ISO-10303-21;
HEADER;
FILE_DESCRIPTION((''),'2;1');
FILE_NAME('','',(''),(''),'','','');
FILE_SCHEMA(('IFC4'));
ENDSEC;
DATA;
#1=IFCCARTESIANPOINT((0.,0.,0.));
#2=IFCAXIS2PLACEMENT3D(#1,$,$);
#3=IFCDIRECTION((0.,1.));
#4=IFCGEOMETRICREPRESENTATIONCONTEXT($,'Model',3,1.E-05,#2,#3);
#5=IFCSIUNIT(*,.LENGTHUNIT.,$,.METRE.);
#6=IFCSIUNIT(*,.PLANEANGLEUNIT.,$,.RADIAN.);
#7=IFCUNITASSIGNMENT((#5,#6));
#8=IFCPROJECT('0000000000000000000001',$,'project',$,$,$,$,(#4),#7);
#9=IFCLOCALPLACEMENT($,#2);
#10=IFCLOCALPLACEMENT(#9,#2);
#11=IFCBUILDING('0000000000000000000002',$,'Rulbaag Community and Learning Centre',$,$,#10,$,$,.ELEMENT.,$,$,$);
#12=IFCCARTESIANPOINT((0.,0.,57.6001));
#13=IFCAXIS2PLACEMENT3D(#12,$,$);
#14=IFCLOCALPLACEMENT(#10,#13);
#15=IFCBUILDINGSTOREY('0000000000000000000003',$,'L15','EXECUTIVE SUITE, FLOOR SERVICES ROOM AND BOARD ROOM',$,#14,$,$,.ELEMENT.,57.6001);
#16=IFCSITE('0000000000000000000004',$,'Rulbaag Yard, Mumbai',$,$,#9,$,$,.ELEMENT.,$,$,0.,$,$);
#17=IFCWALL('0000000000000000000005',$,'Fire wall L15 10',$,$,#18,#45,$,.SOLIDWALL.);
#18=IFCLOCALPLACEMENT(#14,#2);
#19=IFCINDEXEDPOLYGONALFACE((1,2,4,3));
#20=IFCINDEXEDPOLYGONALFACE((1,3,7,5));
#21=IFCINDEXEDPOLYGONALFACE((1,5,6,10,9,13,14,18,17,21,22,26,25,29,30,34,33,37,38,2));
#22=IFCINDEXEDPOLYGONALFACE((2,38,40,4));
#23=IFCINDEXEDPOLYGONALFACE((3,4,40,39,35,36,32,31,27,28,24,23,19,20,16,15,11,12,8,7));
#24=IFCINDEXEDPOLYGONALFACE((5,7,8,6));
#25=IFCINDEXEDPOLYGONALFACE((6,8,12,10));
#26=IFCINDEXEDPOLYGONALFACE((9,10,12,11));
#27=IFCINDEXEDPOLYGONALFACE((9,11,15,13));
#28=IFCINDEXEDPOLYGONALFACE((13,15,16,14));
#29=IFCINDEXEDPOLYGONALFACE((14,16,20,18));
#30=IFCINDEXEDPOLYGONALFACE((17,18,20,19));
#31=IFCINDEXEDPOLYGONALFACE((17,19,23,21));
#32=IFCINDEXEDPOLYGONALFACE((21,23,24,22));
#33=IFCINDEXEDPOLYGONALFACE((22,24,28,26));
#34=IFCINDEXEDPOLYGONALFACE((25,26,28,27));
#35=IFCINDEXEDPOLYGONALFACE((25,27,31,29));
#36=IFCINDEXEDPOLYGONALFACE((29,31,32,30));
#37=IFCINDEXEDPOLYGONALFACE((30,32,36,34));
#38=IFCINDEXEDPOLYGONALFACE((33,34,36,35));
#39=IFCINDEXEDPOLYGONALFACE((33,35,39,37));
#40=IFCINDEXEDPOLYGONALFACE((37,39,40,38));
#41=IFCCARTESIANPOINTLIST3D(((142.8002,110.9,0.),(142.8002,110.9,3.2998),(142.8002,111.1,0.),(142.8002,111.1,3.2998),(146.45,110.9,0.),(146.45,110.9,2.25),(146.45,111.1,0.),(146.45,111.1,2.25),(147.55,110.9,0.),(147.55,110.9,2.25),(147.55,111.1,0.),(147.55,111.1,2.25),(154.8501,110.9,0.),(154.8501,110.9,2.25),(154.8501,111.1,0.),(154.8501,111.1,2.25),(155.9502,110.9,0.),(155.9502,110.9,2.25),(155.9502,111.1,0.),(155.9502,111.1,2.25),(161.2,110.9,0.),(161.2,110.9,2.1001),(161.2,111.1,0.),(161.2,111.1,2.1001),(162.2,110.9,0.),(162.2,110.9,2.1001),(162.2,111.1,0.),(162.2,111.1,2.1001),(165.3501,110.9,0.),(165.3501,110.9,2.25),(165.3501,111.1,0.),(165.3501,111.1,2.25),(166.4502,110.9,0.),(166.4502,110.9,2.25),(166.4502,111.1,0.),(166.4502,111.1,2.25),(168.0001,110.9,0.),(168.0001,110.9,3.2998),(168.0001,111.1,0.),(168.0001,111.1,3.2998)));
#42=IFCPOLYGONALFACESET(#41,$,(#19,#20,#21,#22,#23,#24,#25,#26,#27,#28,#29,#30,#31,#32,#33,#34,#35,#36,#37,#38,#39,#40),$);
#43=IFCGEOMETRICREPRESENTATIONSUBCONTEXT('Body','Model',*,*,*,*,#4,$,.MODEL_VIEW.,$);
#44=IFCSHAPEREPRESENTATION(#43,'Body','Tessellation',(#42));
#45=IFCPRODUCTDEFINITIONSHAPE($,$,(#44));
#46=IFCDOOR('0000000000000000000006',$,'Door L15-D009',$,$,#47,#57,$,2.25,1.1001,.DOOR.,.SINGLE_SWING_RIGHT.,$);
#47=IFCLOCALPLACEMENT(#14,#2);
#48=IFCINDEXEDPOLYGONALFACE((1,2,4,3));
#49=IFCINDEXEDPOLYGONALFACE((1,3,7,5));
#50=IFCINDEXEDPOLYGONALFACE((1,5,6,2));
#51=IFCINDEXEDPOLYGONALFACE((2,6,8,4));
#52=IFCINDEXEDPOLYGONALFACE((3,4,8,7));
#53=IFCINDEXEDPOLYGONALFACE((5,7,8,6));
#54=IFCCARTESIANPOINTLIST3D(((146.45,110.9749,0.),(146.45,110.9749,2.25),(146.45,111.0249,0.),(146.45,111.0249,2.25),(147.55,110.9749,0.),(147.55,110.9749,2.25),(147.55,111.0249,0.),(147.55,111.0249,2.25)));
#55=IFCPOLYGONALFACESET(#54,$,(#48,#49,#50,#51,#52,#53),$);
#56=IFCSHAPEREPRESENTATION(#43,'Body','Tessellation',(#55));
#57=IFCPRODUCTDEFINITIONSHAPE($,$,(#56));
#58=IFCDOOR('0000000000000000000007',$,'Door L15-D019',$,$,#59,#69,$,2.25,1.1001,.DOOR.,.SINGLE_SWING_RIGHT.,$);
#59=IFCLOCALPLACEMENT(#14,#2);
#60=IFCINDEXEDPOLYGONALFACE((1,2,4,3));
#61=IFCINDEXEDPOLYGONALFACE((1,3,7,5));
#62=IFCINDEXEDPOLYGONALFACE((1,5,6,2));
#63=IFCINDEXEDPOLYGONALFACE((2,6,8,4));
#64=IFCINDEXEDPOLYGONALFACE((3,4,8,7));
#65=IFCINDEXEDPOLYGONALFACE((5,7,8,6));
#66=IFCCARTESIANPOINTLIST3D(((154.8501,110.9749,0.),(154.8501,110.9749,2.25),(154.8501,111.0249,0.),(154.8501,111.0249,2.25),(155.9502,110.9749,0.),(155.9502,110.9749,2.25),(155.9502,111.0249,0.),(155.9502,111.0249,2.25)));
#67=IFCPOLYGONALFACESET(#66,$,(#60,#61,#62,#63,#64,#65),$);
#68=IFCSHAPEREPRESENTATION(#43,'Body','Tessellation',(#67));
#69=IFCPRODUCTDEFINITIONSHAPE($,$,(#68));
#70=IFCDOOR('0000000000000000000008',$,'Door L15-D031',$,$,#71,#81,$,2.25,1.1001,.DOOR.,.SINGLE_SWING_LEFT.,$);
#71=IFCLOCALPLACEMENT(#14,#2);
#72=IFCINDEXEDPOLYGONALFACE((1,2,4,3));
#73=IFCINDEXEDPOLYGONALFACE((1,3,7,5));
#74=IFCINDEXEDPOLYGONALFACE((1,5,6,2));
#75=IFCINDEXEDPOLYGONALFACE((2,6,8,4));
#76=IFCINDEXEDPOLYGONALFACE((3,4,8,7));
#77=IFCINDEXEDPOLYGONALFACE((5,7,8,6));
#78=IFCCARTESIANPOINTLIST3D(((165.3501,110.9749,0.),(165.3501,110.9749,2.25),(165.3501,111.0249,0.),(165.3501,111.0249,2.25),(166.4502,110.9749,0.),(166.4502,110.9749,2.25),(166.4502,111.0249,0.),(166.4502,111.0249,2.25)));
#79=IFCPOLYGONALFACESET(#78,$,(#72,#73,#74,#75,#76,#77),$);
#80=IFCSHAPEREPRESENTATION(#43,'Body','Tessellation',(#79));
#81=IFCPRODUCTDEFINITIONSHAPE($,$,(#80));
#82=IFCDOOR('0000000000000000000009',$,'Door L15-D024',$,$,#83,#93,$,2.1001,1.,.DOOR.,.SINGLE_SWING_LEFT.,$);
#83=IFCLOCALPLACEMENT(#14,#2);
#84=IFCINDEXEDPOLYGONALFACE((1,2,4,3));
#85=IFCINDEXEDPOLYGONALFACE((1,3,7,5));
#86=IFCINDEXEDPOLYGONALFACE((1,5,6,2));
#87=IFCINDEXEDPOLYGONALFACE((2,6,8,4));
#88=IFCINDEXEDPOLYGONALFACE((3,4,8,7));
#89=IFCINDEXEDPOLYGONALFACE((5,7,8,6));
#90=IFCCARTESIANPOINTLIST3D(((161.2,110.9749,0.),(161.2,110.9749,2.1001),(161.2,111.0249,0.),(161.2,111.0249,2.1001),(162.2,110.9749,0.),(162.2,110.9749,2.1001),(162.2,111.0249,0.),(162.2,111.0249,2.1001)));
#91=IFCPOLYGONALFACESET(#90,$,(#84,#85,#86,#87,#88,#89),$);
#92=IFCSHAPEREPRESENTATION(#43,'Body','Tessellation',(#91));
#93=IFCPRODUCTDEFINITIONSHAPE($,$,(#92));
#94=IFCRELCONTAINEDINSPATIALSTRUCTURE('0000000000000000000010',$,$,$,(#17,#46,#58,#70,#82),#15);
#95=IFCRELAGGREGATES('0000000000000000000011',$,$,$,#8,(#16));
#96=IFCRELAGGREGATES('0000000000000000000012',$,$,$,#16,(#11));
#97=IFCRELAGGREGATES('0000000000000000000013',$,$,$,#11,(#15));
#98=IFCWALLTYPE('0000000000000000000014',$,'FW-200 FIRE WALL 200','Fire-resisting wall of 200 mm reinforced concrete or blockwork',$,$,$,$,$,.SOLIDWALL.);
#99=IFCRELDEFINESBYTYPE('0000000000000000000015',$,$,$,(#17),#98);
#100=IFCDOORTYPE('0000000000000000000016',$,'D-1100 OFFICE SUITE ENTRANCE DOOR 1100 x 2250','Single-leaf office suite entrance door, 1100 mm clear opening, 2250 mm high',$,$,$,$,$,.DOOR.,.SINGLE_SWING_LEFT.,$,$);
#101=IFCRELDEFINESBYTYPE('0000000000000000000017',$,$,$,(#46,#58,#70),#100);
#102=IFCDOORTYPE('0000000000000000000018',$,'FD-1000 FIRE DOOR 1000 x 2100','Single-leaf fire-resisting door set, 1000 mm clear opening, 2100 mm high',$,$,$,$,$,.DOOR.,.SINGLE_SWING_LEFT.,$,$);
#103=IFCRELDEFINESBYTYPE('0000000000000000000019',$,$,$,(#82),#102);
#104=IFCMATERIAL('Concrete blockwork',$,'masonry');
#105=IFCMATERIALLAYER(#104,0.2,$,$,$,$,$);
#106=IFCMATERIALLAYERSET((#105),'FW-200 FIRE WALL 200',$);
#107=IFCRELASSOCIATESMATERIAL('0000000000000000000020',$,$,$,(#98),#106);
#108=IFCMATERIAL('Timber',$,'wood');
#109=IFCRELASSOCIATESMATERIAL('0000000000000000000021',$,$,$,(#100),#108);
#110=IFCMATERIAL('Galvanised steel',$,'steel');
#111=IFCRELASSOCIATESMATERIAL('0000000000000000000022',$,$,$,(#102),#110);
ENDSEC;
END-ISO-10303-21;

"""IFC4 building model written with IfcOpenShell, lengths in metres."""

from ifc_helpers import new_model, si_unit, direction, frame, frame_2d, origin, place, context, subcontext, project, spatial, rectangle, extrude, material, layer, layer_set, type_object, element, fill, save


model = new_model("IFC4")

# Units and contexts
model_context = context("Model", 3, precision=1e-05, world=origin(), true_north=direction((0.0, 1.0)))
body_context = subcontext(model_context, "Body", "Model", "MODEL_VIEW")
ifc_project = project(units=[si_unit("LENGTHUNIT", "METRE"), si_unit("PLANEANGLEUNIT", "RADIAN")], contexts=[model_context])

# Site, building, storey
site_placement = place(None, origin())
site = spatial("IfcSite", under=ifc_project, at=site_placement, Name="Rulbaag Yard, Mumbai", CompositionType="ELEMENT", RefElevation=0.0)
building_placement = place(site_placement, origin())
building = spatial("IfcBuilding", under=site, at=building_placement, Name="Rulbaag Community and Learning Centre", CompositionType="ELEMENT")
storey_placement = place(building_placement, frame((0.0, 0.0, 57.6001)))
storey = spatial("IfcBuildingStorey", under=building, at=storey_placement, Name="L15", Description="EXECUTIVE SUITE, FLOOR SERVICES ROOM AND BOARD ROOM", CompositionType="ELEMENT", Elevation=57.6001)

# Wall, openings, doors
ifc_material_1 = material(Name="Concrete blockwork", Category="masonry")
ifc_layer_1 = layer(ifc_material_1, 0.2)
ifc_layer_set_1 = layer_set([ifc_layer_1], Name="FW-200 FIRE WALL 200")
wall_type = type_object("IfcWallType", Name="FW-200 FIRE WALL 200", Description="Fire-resisting wall of 200 mm reinforced concrete or blockwork", PredefinedType="SOLIDWALL", material=ifc_layer_set_1)
wall_placement = place(storey_placement, frame((142.8, 111.0, 0.0), z_axis=(0.0, 0.0, 1.0), x_axis=(1.0, 0.0, 0.0)))
wall = element("IfcWall", 1, at=wall_placement, inside=storey, type_object=wall_type, Name="Fire wall L15 10", PredefinedType="SOLIDWALL", context=body_context, shape_type="SweptSolid", body=[
    extrude(rectangle(XDim=25.2, YDim=0.2, at=frame_2d((12.6001, 0.0))), origin(), (0.0, 0.0, 1.0), 3.2998),
])
opening_1_placement = place(wall_placement, frame((3.6499, 0.0, 0.0)))
opening_1 = element("IfcOpeningElement", 2, at=opening_1_placement, cuts=wall, PredefinedType="OPENING", context=body_context, shape_type="SweptSolid", body=[
    extrude(rectangle(XDim=1.1001, YDim=2.25, at=frame_2d((0.55, 1.125))), frame((0.0, 0.1099, 0.0), z_axis=(0.0, -1.0, 0.0), x_axis=(1.0, 0.0, 0.0)), (0.0, 0.0, 1.0), 0.22),
])
opening_2_placement = place(wall_placement, frame((12.05, 0.0, 0.0)))
opening_2 = element("IfcOpeningElement", 3, at=opening_2_placement, cuts=wall, PredefinedType="OPENING", context=body_context, shape_type="SweptSolid", body=[
    extrude(rectangle(XDim=1.1001, YDim=2.25, at=frame_2d((0.55, 1.125))), frame((0.0, 0.1099, 0.0), z_axis=(0.0, -1.0, 0.0), x_axis=(1.0, 0.0, 0.0)), (0.0, 0.0, 1.0), 0.22),
])
opening_3_placement = place(wall_placement, frame((18.3999, 0.0, 0.0)))
opening_3 = element("IfcOpeningElement", 4, at=opening_3_placement, cuts=wall, PredefinedType="OPENING", context=body_context, shape_type="SweptSolid", body=[
    extrude(rectangle(XDim=1.0, YDim=2.1001, at=frame_2d((0.5, 1.05))), frame((0.0, 0.1099, 0.0), z_axis=(0.0, -1.0, 0.0), x_axis=(1.0, 0.0, 0.0)), (0.0, 0.0, 1.0), 0.22),
])
opening_4_placement = place(wall_placement, frame((22.55, 0.0, 0.0)))
opening_4 = element("IfcOpeningElement", 5, at=opening_4_placement, cuts=wall, PredefinedType="OPENING", context=body_context, shape_type="SweptSolid", body=[
    extrude(rectangle(XDim=1.1001, YDim=2.25, at=frame_2d((0.55, 1.125))), frame((0.0, 0.1099, 0.0), z_axis=(0.0, -1.0, 0.0), x_axis=(1.0, 0.0, 0.0)), (0.0, 0.0, 1.0), 0.22),
])
ifc_material_2 = material(Name="Timber", Category="wood")
door_type_1 = type_object("IfcDoorType", Name="D-1100 OFFICE SUITE ENTRANCE DOOR 1100 x 2250", Description="Single-leaf office suite entrance door, 1100 mm clear opening, 2250 mm high", OperationType="SINGLE_SWING_LEFT", PredefinedType="DOOR", material=ifc_material_2)
door_1_placement = place(opening_1_placement, origin())
door_1 = element("IfcDoor", 6, at=door_1_placement, inside=storey, type_object=door_type_1, Name="Door L15-D009", OperationType="SINGLE_SWING_RIGHT", OverallHeight=2.25, OverallWidth=1.1001, PredefinedType="DOOR", context=body_context, shape_type="SweptSolid", body=[
    extrude(rectangle(XDim=1.1001, YDim=2.25, at=frame_2d((0.55, 1.125))), frame((0.0, 0.0249, 0.0), z_axis=(0.0, -1.0, 0.0), x_axis=(1.0, 0.0, 0.0)), (0.0, 0.0, 1.0), 0.05),
])
fill(opening_1, door_1)
door_2_placement = place(opening_2_placement, origin())
door_2 = element("IfcDoor", 7, at=door_2_placement, inside=storey, type_object=door_type_1, Name="Door L15-D019", OperationType="SINGLE_SWING_RIGHT", OverallHeight=2.25, OverallWidth=1.1001, PredefinedType="DOOR", context=body_context, shape_type="SweptSolid", body=[
    extrude(rectangle(XDim=1.1001, YDim=2.25, at=frame_2d((0.55, 1.125))), frame((0.0, 0.0249, 0.0), z_axis=(0.0, -1.0, 0.0), x_axis=(1.0, 0.0, 0.0)), (0.0, 0.0, 1.0), 0.05),
])
fill(opening_2, door_2)
door_3_placement = place(opening_4_placement, origin())
door_3 = element("IfcDoor", 8, at=door_3_placement, inside=storey, type_object=door_type_1, Name="Door L15-D031", OperationType="SINGLE_SWING_LEFT", OverallHeight=2.25, OverallWidth=1.1001, PredefinedType="DOOR", context=body_context, shape_type="SweptSolid", body=[
    extrude(rectangle(XDim=1.1001, YDim=2.25, at=frame_2d((0.55, 1.125))), frame((0.0, 0.0249, 0.0), z_axis=(0.0, -1.0, 0.0), x_axis=(1.0, 0.0, 0.0)), (0.0, 0.0, 1.0), 0.05),
])
fill(opening_4, door_3)
ifc_material_3 = material(Name="Galvanised steel", Category="steel")
door_type_2 = type_object("IfcDoorType", Name="FD-1000 FIRE DOOR 1000 x 2100", Description="Single-leaf fire-resisting door set, 1000 mm clear opening, 2100 mm high", OperationType="SINGLE_SWING_LEFT", PredefinedType="DOOR", material=ifc_material_3)
door_4_placement = place(opening_3_placement, origin())
door_4 = element("IfcDoor", 9, at=door_4_placement, inside=storey, type_object=door_type_2, Name="Door L15-D024", OperationType="SINGLE_SWING_LEFT", OverallHeight=2.1001, OverallWidth=1.0, PredefinedType="DOOR", context=body_context, shape_type="SweptSolid", body=[
    extrude(rectangle(XDim=1.0, YDim=2.1001, at=frame_2d((0.5, 1.05))), frame((0.0, 0.0249, 0.0), z_axis=(0.0, -1.0, 0.0), x_axis=(1.0, 0.0, 0.0)), (0.0, 0.0, 1.0), 0.05),
])
fill(opening_3, door_4)

save(model, "model.ifc")
